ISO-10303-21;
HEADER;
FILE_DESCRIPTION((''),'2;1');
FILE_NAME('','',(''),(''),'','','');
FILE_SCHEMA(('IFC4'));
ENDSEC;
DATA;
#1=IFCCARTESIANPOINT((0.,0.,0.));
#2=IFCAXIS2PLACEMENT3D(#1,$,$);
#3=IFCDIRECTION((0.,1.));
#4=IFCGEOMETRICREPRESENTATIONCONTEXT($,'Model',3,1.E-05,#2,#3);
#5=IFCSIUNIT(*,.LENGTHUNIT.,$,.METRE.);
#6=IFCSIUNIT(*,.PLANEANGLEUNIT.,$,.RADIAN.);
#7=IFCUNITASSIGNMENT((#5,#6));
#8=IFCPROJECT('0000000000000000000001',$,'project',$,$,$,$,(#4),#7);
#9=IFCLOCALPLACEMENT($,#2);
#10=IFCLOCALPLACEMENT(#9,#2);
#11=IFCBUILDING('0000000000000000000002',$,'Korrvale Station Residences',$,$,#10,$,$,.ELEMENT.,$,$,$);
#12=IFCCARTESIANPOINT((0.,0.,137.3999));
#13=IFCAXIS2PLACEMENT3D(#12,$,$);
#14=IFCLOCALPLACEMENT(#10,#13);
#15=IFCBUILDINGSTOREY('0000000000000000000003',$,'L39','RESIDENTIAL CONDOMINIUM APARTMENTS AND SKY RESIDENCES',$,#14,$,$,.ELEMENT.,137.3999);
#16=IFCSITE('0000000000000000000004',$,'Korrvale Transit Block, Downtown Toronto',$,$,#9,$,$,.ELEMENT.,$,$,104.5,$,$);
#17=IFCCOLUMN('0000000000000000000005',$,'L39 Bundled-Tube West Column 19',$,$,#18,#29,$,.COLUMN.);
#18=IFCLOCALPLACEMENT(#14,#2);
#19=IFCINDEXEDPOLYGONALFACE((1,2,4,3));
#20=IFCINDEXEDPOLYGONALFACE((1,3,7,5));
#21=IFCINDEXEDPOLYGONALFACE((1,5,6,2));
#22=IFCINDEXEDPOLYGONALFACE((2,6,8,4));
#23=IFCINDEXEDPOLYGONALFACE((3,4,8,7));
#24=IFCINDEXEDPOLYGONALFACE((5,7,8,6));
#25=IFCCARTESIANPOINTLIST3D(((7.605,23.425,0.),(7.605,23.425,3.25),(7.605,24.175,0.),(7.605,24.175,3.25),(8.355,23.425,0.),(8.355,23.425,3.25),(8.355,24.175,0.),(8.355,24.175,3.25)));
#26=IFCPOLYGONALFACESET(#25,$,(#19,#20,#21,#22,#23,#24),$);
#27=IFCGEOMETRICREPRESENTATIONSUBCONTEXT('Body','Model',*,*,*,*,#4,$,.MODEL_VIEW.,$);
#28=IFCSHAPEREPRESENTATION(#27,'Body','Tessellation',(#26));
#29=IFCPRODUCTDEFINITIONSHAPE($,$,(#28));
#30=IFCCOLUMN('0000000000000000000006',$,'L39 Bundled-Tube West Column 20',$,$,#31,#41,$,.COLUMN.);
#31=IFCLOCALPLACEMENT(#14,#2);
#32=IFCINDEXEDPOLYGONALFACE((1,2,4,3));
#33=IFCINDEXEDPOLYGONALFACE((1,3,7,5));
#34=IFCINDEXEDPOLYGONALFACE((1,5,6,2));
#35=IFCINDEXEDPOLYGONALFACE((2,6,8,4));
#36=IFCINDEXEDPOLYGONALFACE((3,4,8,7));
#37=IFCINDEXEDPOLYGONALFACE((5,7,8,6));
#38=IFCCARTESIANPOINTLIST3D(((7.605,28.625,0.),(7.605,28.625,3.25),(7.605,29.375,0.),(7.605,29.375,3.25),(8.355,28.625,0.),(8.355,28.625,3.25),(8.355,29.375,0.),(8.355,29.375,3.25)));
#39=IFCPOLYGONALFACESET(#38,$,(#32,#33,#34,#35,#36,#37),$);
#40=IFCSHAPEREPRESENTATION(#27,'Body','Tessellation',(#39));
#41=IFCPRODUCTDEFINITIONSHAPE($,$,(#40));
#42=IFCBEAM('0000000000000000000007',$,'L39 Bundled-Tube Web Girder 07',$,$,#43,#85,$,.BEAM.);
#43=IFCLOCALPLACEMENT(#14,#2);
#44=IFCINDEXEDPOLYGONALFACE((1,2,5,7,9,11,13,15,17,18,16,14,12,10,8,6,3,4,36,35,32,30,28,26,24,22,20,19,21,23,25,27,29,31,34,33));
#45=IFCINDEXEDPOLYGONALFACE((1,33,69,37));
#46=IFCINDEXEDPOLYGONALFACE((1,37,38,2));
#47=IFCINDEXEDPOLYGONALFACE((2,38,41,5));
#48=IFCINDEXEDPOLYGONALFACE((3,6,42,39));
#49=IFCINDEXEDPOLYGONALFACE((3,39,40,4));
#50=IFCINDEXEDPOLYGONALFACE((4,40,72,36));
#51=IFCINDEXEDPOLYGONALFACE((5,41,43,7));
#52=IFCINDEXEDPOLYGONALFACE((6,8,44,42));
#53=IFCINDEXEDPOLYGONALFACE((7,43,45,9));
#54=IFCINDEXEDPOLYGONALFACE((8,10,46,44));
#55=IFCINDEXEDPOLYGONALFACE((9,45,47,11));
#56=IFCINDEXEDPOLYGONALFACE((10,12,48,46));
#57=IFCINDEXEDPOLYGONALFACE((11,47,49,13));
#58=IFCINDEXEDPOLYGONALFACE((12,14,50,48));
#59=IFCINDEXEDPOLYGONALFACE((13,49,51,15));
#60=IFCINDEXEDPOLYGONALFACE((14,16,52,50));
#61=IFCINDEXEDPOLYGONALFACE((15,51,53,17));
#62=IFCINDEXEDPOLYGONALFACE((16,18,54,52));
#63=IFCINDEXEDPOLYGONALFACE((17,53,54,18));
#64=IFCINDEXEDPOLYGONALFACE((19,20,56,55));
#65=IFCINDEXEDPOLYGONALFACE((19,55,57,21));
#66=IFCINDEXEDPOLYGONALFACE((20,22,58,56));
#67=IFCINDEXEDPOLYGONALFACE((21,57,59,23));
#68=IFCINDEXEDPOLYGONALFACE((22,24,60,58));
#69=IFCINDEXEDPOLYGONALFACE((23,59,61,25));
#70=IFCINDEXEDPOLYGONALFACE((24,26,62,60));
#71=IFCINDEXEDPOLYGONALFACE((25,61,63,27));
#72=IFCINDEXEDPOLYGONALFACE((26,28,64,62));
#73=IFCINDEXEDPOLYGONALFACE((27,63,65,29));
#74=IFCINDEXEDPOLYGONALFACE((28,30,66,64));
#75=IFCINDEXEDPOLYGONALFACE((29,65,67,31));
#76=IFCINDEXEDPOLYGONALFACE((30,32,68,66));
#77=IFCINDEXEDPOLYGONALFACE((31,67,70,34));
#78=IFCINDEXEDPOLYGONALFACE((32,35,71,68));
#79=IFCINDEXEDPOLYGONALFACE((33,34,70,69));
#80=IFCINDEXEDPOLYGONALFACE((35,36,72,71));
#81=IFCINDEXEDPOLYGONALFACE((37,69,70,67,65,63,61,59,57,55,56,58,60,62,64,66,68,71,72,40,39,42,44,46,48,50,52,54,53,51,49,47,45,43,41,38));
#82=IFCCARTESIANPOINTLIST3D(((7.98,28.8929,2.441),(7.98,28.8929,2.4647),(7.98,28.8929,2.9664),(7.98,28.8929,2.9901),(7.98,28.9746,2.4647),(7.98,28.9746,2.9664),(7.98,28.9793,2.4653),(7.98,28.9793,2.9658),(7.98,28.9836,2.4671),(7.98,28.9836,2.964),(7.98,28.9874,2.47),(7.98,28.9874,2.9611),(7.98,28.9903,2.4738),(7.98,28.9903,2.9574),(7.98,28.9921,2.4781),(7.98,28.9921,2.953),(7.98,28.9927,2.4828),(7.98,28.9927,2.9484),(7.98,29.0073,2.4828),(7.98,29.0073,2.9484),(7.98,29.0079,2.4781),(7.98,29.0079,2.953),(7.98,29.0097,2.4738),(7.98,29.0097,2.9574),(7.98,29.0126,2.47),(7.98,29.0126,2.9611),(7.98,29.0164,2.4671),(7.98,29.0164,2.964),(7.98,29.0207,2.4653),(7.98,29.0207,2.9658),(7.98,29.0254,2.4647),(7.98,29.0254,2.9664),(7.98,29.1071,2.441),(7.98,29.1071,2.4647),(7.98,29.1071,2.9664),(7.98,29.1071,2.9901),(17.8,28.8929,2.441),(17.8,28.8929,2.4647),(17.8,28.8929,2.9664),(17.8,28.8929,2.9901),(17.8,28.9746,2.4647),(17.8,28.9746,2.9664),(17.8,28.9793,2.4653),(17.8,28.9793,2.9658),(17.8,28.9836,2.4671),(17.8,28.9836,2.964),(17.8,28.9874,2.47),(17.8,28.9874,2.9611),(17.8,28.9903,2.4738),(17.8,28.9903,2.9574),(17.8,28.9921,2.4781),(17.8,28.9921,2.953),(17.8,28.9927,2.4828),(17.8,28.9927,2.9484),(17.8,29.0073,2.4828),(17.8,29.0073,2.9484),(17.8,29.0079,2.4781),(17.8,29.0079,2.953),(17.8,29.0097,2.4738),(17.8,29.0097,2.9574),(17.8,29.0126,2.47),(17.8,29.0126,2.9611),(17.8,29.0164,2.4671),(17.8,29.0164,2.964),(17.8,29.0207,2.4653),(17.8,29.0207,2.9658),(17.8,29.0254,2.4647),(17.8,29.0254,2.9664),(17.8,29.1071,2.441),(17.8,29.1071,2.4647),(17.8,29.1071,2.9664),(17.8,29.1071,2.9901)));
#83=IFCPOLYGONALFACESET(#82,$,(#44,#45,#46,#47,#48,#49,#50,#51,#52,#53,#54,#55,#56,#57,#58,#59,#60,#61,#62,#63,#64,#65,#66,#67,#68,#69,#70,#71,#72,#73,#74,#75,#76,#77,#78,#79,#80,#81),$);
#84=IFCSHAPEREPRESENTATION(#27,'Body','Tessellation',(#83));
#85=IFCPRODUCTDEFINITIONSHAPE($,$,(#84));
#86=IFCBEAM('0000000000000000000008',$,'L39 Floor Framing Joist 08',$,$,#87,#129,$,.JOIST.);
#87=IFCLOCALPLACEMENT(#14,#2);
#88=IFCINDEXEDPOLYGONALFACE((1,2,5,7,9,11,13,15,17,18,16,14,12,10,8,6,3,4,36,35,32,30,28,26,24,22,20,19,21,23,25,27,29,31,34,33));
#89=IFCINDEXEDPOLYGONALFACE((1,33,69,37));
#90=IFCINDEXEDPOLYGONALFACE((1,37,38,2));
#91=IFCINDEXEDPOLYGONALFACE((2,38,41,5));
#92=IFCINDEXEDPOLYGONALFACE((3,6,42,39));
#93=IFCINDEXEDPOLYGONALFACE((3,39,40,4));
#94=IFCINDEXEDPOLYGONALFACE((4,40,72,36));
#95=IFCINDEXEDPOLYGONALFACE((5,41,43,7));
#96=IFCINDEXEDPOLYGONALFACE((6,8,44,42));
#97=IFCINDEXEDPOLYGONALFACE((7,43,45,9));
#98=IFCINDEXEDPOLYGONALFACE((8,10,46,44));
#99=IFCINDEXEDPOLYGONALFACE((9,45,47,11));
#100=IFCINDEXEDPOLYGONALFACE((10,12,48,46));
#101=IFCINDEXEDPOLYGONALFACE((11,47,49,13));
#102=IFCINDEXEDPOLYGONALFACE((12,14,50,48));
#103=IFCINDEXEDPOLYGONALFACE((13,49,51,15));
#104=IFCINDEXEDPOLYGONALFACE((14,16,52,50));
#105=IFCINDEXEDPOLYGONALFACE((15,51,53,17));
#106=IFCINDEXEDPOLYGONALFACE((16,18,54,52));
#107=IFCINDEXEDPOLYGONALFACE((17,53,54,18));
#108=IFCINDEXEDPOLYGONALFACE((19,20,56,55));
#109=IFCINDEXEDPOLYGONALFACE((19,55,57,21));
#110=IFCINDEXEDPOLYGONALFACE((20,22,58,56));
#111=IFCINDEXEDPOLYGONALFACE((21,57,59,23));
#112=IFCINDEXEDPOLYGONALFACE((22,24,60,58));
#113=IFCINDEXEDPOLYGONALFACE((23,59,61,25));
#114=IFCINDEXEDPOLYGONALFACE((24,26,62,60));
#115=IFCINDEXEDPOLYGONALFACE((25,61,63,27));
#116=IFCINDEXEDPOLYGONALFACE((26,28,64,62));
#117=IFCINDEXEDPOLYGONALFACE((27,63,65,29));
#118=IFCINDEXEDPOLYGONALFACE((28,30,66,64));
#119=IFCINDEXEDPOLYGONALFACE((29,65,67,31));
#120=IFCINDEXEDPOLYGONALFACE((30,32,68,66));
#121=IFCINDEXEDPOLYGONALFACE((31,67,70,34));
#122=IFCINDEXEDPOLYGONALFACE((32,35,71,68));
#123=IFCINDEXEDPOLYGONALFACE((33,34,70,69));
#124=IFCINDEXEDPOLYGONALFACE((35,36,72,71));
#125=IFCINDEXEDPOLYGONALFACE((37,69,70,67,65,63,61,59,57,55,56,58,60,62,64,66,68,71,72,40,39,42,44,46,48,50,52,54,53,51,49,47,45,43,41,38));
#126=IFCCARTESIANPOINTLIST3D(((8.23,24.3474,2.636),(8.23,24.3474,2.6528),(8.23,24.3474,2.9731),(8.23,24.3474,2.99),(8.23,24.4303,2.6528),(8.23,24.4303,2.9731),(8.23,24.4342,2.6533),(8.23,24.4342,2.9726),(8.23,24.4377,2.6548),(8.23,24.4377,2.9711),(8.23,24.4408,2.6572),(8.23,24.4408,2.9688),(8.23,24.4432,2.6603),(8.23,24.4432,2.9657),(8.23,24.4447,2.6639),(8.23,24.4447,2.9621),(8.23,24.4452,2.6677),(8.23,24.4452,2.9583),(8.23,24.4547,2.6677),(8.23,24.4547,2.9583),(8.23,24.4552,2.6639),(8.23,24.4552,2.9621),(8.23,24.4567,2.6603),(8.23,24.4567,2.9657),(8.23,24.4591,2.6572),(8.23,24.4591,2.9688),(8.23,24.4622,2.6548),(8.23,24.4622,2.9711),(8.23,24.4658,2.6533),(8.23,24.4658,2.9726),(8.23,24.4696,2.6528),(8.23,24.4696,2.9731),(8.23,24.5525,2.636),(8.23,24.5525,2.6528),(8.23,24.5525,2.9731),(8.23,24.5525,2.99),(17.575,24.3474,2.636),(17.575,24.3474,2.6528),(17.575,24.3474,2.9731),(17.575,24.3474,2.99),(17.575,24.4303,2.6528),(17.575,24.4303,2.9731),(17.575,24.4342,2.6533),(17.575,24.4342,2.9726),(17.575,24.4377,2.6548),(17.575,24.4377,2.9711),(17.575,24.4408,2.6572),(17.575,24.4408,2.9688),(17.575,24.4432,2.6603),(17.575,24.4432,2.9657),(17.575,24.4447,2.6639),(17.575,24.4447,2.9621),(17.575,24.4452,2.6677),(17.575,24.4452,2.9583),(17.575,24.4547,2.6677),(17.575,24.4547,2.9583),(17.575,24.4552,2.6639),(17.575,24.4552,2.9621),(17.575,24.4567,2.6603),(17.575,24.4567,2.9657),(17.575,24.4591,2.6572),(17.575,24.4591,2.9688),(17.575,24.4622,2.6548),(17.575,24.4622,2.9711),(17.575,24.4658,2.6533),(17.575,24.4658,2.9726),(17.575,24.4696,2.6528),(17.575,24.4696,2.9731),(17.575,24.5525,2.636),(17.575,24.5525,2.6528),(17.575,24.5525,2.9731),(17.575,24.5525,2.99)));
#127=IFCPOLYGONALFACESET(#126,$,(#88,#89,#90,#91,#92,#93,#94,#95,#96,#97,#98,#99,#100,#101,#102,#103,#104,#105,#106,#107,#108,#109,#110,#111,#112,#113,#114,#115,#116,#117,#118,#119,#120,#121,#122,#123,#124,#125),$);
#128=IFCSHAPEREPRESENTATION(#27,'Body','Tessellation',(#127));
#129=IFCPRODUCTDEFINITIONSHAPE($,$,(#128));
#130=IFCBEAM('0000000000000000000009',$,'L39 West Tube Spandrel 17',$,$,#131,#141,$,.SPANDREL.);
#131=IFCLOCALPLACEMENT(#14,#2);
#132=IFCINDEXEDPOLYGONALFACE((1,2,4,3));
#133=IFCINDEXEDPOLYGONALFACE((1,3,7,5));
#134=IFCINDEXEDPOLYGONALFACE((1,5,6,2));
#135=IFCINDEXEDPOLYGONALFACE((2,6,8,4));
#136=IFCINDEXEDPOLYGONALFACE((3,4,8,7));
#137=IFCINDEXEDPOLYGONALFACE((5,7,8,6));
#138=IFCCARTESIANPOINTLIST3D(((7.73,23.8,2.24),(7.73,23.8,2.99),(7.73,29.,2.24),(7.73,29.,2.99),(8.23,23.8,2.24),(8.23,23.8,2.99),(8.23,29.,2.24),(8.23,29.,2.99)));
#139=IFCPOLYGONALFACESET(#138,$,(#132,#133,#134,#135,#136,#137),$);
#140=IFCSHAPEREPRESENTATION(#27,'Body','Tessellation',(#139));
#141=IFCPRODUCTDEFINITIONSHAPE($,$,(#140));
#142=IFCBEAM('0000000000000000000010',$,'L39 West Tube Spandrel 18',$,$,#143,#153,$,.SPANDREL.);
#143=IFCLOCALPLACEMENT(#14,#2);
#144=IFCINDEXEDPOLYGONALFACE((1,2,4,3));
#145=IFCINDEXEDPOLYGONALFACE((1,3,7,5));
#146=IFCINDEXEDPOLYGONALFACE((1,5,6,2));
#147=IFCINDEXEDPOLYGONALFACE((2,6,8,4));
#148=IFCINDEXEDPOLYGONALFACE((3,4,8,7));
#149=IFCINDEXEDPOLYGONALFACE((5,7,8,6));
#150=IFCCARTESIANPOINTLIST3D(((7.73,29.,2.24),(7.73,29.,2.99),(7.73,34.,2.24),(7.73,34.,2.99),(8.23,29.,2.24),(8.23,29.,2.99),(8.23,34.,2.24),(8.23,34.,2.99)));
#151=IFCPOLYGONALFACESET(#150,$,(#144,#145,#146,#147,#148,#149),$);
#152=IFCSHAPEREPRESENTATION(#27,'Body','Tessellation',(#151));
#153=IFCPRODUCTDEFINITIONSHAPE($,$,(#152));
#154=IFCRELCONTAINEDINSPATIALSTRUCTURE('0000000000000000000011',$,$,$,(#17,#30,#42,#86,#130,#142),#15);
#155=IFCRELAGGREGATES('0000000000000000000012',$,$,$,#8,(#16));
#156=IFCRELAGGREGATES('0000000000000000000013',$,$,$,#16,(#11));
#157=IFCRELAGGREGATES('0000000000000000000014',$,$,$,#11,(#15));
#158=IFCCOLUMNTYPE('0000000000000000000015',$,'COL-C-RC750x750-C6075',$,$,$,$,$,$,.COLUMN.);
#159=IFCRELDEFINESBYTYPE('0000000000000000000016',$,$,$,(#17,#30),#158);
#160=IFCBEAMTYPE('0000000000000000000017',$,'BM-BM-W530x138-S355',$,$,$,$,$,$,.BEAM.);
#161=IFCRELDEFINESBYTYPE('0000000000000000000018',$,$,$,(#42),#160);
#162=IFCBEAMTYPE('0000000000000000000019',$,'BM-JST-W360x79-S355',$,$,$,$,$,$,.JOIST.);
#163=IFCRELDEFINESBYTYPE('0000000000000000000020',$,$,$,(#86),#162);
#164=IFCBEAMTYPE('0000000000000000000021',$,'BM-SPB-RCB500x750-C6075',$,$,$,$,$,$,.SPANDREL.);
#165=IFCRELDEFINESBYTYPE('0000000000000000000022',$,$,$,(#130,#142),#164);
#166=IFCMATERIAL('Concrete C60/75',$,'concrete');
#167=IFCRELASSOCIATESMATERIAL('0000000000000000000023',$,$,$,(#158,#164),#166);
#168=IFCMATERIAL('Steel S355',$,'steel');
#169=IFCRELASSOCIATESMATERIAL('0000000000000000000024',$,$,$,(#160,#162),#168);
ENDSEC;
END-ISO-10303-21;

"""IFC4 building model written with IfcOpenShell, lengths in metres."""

from ifc_helpers import new_model, si_unit, direction, frame, origin, origin_2d, place, context, subcontext, project, spatial, rectangle, i_section, extrude, material, material_profile, profile_set, type_object, element, save


model = new_model("IFC4")

# Units and contexts
model_context = context("Model", 3, precision=1e-05, world=origin(), true_north=direction((0.0, 1.0)))
body_context = subcontext(model_context, "Body", "Model", "MODEL_VIEW")
ifc_project = project(units=[si_unit("LENGTHUNIT", "METRE"), si_unit("PLANEANGLEUNIT", "RADIAN")], contexts=[model_context])

# Site, building, storey
site_placement = place(None, origin())
site = spatial("IfcSite", under=ifc_project, at=site_placement, Name="Korrvale Transit Block, Downtown Toronto", CompositionType="ELEMENT", RefElevation=104.5)
building_placement = place(site_placement, origin())
building = spatial("IfcBuilding", under=site, at=building_placement, Name="Korrvale Station Residences", CompositionType="ELEMENT")
storey_placement = place(building_placement, frame((0.0, 0.0, 137.3999)))
storey = spatial("IfcBuildingStorey", under=building, at=storey_placement, Name="L39", Description="RESIDENTIAL CONDOMINIUM APARTMENTS AND SKY RESIDENCES", CompositionType="ELEMENT", Elevation=137.3999)

# Columns
ifc_material_1 = material(Name="Concrete C60/75", Category="concrete")
ifc_material_profile_1 = material_profile(ifc_material_1, rectangle(XDim=0.75, YDim=0.75, at=origin_2d()), Name="RC750x750")
ifc_profile_set_1 = profile_set([ifc_material_profile_1], Name="Concrete C60/75")
column_type = type_object("IfcColumnType", Name="COL-C-RC750x750-C6075", PredefinedType="COLUMN", material=ifc_profile_set_1)
for number, where, z_axis, x_axis, name in (
    (1, (7.98, 23.8, 0.0), (0.0, 0.0, 1.0), (1.0, 0.0, 0.0), "L39 Bundled-Tube West Column 19"),
    (2, (7.98, 29.0, 0.0), (0.0, 0.0, 1.0), (1.0, 0.0, 0.0), "L39 Bundled-Tube West Column 20"),
):
    element("IfcColumn", number, at=place(storey_placement, frame(where, z_axis=z_axis, x_axis=x_axis)), inside=storey, type_object=column_type, Name=name, PredefinedType="COLUMN", context=body_context, shape_type="SweptSolid", body=[
        extrude(rectangle(XDim=0.75, YDim=0.75, at=origin_2d()), origin(), (0.0, 0.0, 1.0), 3.25),
    ])

# Beams
ifc_material_2 = material(Name="Steel S355", Category="steel")
ifc_material_profile_2 = material_profile(ifc_material_2, i_section(OverallWidth=0.2141, OverallDepth=0.5491, WebThickness=0.0146, FlangeThickness=0.0237, FilletRadius=0.0181, at=origin_2d()), Name="W530x138")
ifc_profile_set_2 = profile_set([ifc_material_profile_2], Name="Steel S355")
beam_type_1 = type_object("IfcBeamType", Name="BM-BM-W530x138-S355", PredefinedType="BEAM", material=ifc_profile_set_2)
beam_1_placement = place(storey_placement, frame((7.98, 29.0, 2.7156), z_axis=(1.0, 0.0, 0.0), x_axis=(0.0, 1.0, 0.0)))
element("IfcBeam", 3, at=beam_1_placement, inside=storey, type_object=beam_type_1, Name="L39 Bundled-Tube Web Girder 07", PredefinedType="BEAM", context=body_context, shape_type="SweptSolid", body=[
    extrude(i_section(OverallWidth=0.2141, OverallDepth=0.5491, WebThickness=0.0146, FlangeThickness=0.0237, FilletRadius=0.0181, at=origin_2d()), origin(), (0.0, 0.0, 1.0), 9.8201),
])
ifc_material_profile_3 = material_profile(ifc_material_2, i_section(OverallWidth=0.2051, OverallDepth=0.354, WebThickness=0.0095, FlangeThickness=0.0168, FilletRadius=0.0149, at=origin_2d()), Name="W360x79")
ifc_profile_set_3 = profile_set([ifc_material_profile_3], Name="Steel S355")
beam_type_2 = type_object("IfcBeamType", Name="BM-JST-W360x79-S355", PredefinedType="JOIST", material=ifc_profile_set_3)
beam_2_placement = place(storey_placement, frame((8.23, 24.45, 2.813), z_axis=(1.0, 0.0, 0.0), x_axis=(0.0, 1.0, 0.0)))
element("IfcBeam", 4, at=beam_2_placement, inside=storey, type_object=beam_type_2, Name="L39 Floor Framing Joist 08", PredefinedType="JOIST", context=body_context, shape_type="SweptSolid", body=[
    extrude(i_section(OverallWidth=0.2051, OverallDepth=0.354, WebThickness=0.0095, FlangeThickness=0.0168, FilletRadius=0.0149, at=origin_2d()), origin(), (0.0, 0.0, 1.0), 9.345),
])
ifc_material_profile_4 = material_profile(ifc_material_1, rectangle(XDim=0.5, YDim=0.75, at=origin_2d()), Name="RCB500x750")
ifc_profile_set_4 = profile_set([ifc_material_profile_4], Name="Concrete C60/75")
beam_type_3 = type_object("IfcBeamType", Name="BM-SPB-RCB500x750-C6075", PredefinedType="SPANDREL", material=ifc_profile_set_4)
beam_3_placement = place(storey_placement, frame((7.98, 23.8, 2.615), z_axis=(0.0, 1.0, 0.0), x_axis=(-1.0, 0.0, 0.0)))
element("IfcBeam", 5, at=beam_3_placement, inside=storey, type_object=beam_type_3, Name="L39 West Tube Spandrel 17", PredefinedType="SPANDREL", context=body_context, shape_type="SweptSolid", body=[
    extrude(rectangle(XDim=0.5, YDim=0.75, at=origin_2d()), origin(), (0.0, 0.0, 1.0), 5.2),
])
beam_4_placement = place(storey_placement, frame((7.98, 29.0, 2.615), z_axis=(0.0, 1.0, 0.0), x_axis=(-1.0, 0.0, 0.0)))
element("IfcBeam", 6, at=beam_4_placement, inside=storey, type_object=beam_type_3, Name="L39 West Tube Spandrel 18", PredefinedType="SPANDREL", context=body_context, shape_type="SweptSolid", body=[
    extrude(rectangle(XDim=0.5, YDim=0.75, at=origin_2d()), origin(), (0.0, 0.0, 1.0), 5.0),
])

save(model, "model.ifc")
